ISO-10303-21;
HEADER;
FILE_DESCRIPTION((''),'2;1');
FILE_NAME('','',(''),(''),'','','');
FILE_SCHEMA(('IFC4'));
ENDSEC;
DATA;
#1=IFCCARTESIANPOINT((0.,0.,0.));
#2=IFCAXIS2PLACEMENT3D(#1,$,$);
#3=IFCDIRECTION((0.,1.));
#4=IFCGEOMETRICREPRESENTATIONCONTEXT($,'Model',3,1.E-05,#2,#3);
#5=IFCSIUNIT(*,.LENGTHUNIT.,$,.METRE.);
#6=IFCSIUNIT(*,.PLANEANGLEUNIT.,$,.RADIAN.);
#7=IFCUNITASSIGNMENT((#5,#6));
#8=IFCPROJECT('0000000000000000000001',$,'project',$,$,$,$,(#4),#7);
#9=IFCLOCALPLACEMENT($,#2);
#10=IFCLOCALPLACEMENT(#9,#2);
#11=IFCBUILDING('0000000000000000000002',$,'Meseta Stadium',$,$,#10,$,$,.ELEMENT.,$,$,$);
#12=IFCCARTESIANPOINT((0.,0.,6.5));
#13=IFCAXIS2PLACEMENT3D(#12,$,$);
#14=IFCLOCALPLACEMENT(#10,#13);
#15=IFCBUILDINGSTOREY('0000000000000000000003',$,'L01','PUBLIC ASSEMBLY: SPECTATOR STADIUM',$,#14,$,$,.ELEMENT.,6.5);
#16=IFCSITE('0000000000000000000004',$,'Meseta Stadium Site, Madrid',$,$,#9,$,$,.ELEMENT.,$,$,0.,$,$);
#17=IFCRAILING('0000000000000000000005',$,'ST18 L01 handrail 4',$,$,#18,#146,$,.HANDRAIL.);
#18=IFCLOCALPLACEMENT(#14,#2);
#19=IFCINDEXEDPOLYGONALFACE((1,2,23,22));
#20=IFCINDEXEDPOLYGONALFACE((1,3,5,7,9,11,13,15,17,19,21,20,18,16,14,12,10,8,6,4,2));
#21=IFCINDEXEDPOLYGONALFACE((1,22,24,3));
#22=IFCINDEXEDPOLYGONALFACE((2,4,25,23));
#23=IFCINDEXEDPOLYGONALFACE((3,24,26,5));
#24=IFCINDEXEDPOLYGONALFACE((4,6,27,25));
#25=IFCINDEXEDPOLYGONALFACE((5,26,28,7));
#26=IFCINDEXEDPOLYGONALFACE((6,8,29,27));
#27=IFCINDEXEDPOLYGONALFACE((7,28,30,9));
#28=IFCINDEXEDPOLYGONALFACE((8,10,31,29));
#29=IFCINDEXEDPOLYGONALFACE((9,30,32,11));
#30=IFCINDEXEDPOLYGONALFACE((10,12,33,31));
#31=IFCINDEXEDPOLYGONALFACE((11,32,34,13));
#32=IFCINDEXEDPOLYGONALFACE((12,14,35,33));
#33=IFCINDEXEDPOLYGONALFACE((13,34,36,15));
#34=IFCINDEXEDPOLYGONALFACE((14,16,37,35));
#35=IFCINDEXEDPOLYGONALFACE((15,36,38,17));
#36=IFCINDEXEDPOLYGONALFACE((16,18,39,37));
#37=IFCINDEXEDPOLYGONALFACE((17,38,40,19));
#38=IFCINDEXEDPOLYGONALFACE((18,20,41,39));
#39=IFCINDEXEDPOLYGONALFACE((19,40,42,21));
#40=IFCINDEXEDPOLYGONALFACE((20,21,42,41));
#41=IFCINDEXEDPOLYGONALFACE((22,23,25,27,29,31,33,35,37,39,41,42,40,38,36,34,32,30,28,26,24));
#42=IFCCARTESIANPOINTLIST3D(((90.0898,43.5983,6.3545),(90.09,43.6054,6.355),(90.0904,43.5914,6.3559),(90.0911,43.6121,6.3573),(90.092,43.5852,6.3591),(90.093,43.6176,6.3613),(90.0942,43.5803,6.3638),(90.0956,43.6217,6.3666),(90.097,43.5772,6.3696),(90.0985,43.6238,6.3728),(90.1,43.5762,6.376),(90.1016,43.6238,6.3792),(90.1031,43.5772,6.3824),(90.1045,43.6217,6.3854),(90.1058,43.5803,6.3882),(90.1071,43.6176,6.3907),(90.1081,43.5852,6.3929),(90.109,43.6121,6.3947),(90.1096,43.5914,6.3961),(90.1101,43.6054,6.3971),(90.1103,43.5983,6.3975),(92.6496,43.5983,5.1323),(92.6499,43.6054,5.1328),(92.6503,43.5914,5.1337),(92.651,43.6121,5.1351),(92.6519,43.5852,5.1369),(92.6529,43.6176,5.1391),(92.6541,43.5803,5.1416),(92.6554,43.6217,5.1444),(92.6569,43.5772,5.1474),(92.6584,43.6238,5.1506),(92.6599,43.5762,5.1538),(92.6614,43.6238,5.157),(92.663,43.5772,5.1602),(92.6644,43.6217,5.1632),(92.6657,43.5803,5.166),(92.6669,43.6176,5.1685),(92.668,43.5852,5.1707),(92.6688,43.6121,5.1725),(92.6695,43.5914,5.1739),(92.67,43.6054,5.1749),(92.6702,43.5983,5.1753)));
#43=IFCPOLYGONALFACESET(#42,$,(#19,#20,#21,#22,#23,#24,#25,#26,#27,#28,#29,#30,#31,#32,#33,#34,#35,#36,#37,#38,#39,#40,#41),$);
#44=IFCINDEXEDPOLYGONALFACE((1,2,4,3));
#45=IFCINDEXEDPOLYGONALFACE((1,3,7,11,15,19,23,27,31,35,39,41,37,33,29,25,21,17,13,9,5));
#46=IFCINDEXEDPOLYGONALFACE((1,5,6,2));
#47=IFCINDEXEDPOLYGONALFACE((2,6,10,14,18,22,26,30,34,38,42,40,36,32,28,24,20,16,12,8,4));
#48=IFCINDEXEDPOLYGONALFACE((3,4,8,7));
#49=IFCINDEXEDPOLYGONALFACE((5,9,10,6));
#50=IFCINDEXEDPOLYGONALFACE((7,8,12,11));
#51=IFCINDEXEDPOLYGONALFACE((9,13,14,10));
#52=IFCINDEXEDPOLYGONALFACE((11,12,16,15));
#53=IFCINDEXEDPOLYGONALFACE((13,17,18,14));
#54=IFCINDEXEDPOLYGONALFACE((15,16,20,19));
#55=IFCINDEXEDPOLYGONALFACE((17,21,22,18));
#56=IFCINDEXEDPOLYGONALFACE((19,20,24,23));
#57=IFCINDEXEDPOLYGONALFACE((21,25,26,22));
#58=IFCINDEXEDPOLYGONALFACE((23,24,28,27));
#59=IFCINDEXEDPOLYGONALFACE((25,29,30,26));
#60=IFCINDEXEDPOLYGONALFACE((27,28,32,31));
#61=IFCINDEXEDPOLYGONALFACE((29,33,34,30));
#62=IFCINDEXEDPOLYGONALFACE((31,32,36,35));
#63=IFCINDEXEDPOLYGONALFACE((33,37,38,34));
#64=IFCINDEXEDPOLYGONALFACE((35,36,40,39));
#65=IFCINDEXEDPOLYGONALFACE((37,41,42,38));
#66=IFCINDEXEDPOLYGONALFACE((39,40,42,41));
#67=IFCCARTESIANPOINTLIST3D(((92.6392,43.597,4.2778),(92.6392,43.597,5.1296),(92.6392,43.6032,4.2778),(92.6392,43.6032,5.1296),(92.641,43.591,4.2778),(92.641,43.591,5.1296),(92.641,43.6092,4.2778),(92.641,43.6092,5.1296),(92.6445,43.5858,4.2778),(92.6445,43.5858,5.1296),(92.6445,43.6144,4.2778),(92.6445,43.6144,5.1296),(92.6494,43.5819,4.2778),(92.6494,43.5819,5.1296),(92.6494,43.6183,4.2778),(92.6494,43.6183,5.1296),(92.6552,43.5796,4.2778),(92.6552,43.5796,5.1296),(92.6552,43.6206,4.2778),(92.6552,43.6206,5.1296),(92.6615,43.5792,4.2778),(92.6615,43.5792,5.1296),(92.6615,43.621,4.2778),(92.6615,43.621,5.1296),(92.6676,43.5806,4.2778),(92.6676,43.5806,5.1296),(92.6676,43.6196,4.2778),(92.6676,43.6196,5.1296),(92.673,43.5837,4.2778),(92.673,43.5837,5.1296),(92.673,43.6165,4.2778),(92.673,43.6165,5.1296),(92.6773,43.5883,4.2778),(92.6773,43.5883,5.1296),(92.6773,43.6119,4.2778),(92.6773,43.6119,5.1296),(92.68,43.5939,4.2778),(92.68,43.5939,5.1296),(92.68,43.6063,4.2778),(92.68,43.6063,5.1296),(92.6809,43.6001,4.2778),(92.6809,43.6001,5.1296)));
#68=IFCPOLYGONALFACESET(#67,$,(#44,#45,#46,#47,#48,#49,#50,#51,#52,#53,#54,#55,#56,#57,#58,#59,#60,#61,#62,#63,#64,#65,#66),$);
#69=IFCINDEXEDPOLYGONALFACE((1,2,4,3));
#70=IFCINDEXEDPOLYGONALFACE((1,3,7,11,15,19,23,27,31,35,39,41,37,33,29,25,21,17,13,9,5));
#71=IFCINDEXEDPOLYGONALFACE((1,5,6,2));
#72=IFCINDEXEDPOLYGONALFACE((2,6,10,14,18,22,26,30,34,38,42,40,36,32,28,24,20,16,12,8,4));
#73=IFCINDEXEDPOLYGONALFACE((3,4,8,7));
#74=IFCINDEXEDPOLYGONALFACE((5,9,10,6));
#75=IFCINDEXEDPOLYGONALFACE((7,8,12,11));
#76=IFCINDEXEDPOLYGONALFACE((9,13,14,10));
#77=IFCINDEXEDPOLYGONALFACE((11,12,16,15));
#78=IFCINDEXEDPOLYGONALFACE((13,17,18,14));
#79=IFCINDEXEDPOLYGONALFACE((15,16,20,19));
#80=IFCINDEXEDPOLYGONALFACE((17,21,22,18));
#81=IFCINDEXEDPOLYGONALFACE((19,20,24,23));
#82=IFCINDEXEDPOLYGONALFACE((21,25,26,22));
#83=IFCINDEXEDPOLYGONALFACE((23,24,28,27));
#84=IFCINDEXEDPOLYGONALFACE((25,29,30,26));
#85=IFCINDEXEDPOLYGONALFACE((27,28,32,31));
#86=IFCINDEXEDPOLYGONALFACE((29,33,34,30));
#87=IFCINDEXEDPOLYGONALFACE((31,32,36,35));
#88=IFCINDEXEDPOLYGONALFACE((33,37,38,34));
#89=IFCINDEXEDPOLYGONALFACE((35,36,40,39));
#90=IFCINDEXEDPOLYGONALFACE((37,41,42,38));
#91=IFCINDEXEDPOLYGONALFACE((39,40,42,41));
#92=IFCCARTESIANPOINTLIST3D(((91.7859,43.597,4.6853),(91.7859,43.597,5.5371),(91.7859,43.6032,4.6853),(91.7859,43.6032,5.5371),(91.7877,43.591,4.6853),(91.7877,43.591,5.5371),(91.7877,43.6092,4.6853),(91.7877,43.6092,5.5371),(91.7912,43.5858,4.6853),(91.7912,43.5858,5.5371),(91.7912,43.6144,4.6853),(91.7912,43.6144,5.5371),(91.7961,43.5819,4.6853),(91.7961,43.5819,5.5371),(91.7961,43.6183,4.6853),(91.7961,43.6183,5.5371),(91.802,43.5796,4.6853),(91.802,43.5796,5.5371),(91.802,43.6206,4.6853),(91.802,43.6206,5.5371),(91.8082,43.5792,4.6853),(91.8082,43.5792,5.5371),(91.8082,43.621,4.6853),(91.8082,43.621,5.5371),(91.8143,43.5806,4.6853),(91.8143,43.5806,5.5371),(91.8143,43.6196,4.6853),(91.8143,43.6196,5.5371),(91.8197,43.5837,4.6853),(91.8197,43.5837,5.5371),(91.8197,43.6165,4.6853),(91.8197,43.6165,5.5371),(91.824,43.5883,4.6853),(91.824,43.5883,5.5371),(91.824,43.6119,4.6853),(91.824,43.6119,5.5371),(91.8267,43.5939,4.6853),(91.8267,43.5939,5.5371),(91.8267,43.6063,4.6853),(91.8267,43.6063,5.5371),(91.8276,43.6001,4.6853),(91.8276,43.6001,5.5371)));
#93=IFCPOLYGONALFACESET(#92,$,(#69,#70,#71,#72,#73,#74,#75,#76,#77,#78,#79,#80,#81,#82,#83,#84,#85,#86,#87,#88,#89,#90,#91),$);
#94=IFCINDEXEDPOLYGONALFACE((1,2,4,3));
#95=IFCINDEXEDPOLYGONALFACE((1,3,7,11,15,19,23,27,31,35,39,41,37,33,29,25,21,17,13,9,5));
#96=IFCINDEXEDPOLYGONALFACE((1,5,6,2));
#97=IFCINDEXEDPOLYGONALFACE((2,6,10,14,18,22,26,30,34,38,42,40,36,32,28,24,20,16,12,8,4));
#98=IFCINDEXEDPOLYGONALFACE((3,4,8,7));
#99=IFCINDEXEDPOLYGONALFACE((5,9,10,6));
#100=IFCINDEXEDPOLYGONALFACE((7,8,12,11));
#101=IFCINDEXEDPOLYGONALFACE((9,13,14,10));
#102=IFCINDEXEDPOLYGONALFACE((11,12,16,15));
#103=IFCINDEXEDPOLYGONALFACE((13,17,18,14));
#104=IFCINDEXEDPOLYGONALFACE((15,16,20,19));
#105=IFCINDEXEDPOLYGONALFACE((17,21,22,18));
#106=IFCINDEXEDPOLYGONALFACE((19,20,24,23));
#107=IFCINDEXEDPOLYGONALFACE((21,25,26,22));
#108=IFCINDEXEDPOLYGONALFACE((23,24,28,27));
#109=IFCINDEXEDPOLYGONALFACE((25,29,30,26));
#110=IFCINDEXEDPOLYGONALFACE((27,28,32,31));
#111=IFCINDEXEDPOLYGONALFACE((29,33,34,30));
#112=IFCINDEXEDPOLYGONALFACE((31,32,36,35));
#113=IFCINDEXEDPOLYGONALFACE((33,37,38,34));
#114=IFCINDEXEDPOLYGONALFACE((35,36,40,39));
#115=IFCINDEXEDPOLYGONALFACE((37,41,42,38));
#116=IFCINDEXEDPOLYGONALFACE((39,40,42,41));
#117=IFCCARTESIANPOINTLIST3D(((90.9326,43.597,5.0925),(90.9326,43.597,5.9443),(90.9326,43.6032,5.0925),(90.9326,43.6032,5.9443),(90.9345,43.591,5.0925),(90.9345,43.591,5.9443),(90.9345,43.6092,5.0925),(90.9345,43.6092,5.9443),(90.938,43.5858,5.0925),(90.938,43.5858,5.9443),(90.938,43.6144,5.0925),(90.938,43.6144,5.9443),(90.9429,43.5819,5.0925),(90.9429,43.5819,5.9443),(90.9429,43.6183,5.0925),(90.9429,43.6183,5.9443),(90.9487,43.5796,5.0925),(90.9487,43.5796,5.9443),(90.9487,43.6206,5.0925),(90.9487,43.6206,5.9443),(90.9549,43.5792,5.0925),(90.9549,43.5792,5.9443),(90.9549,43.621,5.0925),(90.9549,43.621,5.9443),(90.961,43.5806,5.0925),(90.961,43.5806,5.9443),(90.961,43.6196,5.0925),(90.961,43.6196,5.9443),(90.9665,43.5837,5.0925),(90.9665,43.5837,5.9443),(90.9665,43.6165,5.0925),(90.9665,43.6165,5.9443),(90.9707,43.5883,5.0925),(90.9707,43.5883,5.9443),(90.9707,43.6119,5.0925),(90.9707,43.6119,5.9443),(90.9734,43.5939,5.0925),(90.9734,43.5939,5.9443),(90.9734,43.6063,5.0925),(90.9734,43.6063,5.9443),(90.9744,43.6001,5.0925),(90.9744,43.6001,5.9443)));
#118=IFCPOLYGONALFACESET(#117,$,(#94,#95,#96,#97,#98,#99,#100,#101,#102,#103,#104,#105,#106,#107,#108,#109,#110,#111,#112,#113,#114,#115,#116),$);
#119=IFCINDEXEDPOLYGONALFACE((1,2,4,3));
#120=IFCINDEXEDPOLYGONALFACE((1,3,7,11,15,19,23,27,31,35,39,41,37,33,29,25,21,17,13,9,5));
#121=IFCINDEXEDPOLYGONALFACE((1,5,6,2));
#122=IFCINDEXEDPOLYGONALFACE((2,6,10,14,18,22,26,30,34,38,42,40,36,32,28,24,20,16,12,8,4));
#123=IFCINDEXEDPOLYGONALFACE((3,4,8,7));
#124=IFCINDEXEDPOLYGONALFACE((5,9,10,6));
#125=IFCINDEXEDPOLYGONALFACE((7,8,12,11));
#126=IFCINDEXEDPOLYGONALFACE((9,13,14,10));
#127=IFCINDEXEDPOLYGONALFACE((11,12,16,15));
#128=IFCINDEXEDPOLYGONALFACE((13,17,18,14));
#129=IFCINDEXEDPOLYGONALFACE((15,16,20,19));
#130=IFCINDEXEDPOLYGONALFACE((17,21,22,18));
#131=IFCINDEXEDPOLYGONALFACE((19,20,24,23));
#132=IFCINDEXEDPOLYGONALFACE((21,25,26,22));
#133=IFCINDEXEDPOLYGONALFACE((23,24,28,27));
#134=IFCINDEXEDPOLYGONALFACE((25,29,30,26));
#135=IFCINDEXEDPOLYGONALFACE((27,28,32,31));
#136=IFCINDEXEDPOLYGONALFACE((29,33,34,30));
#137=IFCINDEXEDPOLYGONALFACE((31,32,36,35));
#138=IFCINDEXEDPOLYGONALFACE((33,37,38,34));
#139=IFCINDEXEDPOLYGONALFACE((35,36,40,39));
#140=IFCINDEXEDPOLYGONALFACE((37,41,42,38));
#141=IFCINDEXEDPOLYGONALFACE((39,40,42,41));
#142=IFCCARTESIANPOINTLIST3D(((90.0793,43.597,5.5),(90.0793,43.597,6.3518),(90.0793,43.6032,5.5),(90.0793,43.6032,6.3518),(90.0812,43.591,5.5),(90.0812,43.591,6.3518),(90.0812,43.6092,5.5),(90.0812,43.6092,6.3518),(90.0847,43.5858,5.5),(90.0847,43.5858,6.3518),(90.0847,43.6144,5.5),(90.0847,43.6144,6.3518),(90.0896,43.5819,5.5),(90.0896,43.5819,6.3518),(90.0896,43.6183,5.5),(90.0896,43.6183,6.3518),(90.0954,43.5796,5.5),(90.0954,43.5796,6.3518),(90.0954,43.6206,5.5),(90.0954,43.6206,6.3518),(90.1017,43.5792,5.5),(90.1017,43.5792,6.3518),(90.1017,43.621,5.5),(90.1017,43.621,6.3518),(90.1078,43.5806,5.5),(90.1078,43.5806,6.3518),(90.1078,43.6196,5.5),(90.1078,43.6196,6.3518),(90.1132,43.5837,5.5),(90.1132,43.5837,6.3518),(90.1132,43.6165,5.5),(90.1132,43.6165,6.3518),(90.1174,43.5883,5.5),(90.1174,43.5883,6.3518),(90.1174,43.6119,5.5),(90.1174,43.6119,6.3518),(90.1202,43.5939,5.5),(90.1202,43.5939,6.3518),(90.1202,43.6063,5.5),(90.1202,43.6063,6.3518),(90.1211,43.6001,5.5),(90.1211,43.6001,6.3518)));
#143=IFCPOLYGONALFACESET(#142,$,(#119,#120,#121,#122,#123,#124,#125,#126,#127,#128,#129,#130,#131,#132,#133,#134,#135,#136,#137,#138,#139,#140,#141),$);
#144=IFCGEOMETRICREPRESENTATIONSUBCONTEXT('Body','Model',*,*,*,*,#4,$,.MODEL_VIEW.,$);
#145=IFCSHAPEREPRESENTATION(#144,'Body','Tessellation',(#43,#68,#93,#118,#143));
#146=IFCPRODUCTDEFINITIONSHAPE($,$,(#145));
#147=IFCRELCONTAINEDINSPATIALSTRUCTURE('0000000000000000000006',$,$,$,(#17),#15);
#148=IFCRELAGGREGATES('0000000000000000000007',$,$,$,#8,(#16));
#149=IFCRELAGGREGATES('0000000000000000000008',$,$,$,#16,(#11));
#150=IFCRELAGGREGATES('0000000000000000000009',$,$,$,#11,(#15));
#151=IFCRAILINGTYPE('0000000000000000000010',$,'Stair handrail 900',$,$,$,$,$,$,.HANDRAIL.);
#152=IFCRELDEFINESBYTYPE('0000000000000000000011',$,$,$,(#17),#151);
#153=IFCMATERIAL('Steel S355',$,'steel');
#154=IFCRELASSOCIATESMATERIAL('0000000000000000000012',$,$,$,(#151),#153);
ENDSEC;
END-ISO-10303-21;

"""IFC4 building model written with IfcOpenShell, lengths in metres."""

from ifc_helpers import new_model, si_unit, direction, frame, origin, origin_2d, place, context, subcontext, project, spatial, circle, extrude, material, type_object, element, save


model = new_model("IFC4")

# Units and contexts
model_context = context("Model", 3, precision=1e-05, world=origin(), true_north=direction((0.0, 1.0)))
body_context = subcontext(model_context, "Body", "Model", "MODEL_VIEW")
ifc_project = project(units=[si_unit("LENGTHUNIT", "METRE"), si_unit("PLANEANGLEUNIT", "RADIAN")], contexts=[model_context])

# Site, building, storey
site_placement = place(None, origin())
site = spatial("IfcSite", under=ifc_project, at=site_placement, Name="Meseta Stadium Site, Madrid", CompositionType="ELEMENT", RefElevation=0.0)
building_placement = place(site_placement, origin())
building = spatial("IfcBuilding", under=site, at=building_placement, Name="Meseta Stadium", CompositionType="ELEMENT")
storey_placement = place(building_placement, frame((0.0, 0.0, 6.5)))
storey = spatial("IfcBuildingStorey", under=building, at=storey_placement, Name="L01", Description="PUBLIC ASSEMBLY: SPECTATOR STADIUM", CompositionType="ELEMENT", Elevation=6.5)

# Railing
ifc_material_1 = material(Name="Steel S355", Category="steel")
railing_type_1 = type_object("IfcRailingType", Name="Stair handrail 900", PredefinedType="HANDRAIL", material=ifc_material_1)
railing_1_placement = place(storey_placement, frame((92.6599, 43.6001, 4.2778)))
element("IfcRailing", 1, at=railing_1_placement, inside=storey, type_object=railing_type_1, Name="ST18 L01 handrail 4", PredefinedType="HANDRAIL", context=body_context, shape_type="SweptSolid", body=[
    extrude(circle(Radius=0.0239, at=origin_2d()), frame((0.0, 0.0, 0.876), z_axis=(-0.902421, 0.0, 0.430855), x_axis=(0.0, -1.0, 0.0)), (0.0, 0.0, 1.0), 2.8367),
    extrude(circle(Radius=0.021, at=origin_2d()), origin(), (0.0, 0.0, 1.0), 0.8518),
    extrude(circle(Radius=0.021, at=origin_2d()), frame((-0.8533, 0.0, 0.4075)), (0.0, 0.0, 1.0), 0.8518),
    extrude(circle(Radius=0.021, at=origin_2d()), frame((-1.7065, 0.0, 0.8147)), (0.0, 0.0, 1.0), 0.8518),
    extrude(circle(Radius=0.021, at=origin_2d()), frame((-2.5598, 0.0, 1.2222)), (0.0, 0.0, 1.0), 0.8518),
])

save(model, "model.ifc")
